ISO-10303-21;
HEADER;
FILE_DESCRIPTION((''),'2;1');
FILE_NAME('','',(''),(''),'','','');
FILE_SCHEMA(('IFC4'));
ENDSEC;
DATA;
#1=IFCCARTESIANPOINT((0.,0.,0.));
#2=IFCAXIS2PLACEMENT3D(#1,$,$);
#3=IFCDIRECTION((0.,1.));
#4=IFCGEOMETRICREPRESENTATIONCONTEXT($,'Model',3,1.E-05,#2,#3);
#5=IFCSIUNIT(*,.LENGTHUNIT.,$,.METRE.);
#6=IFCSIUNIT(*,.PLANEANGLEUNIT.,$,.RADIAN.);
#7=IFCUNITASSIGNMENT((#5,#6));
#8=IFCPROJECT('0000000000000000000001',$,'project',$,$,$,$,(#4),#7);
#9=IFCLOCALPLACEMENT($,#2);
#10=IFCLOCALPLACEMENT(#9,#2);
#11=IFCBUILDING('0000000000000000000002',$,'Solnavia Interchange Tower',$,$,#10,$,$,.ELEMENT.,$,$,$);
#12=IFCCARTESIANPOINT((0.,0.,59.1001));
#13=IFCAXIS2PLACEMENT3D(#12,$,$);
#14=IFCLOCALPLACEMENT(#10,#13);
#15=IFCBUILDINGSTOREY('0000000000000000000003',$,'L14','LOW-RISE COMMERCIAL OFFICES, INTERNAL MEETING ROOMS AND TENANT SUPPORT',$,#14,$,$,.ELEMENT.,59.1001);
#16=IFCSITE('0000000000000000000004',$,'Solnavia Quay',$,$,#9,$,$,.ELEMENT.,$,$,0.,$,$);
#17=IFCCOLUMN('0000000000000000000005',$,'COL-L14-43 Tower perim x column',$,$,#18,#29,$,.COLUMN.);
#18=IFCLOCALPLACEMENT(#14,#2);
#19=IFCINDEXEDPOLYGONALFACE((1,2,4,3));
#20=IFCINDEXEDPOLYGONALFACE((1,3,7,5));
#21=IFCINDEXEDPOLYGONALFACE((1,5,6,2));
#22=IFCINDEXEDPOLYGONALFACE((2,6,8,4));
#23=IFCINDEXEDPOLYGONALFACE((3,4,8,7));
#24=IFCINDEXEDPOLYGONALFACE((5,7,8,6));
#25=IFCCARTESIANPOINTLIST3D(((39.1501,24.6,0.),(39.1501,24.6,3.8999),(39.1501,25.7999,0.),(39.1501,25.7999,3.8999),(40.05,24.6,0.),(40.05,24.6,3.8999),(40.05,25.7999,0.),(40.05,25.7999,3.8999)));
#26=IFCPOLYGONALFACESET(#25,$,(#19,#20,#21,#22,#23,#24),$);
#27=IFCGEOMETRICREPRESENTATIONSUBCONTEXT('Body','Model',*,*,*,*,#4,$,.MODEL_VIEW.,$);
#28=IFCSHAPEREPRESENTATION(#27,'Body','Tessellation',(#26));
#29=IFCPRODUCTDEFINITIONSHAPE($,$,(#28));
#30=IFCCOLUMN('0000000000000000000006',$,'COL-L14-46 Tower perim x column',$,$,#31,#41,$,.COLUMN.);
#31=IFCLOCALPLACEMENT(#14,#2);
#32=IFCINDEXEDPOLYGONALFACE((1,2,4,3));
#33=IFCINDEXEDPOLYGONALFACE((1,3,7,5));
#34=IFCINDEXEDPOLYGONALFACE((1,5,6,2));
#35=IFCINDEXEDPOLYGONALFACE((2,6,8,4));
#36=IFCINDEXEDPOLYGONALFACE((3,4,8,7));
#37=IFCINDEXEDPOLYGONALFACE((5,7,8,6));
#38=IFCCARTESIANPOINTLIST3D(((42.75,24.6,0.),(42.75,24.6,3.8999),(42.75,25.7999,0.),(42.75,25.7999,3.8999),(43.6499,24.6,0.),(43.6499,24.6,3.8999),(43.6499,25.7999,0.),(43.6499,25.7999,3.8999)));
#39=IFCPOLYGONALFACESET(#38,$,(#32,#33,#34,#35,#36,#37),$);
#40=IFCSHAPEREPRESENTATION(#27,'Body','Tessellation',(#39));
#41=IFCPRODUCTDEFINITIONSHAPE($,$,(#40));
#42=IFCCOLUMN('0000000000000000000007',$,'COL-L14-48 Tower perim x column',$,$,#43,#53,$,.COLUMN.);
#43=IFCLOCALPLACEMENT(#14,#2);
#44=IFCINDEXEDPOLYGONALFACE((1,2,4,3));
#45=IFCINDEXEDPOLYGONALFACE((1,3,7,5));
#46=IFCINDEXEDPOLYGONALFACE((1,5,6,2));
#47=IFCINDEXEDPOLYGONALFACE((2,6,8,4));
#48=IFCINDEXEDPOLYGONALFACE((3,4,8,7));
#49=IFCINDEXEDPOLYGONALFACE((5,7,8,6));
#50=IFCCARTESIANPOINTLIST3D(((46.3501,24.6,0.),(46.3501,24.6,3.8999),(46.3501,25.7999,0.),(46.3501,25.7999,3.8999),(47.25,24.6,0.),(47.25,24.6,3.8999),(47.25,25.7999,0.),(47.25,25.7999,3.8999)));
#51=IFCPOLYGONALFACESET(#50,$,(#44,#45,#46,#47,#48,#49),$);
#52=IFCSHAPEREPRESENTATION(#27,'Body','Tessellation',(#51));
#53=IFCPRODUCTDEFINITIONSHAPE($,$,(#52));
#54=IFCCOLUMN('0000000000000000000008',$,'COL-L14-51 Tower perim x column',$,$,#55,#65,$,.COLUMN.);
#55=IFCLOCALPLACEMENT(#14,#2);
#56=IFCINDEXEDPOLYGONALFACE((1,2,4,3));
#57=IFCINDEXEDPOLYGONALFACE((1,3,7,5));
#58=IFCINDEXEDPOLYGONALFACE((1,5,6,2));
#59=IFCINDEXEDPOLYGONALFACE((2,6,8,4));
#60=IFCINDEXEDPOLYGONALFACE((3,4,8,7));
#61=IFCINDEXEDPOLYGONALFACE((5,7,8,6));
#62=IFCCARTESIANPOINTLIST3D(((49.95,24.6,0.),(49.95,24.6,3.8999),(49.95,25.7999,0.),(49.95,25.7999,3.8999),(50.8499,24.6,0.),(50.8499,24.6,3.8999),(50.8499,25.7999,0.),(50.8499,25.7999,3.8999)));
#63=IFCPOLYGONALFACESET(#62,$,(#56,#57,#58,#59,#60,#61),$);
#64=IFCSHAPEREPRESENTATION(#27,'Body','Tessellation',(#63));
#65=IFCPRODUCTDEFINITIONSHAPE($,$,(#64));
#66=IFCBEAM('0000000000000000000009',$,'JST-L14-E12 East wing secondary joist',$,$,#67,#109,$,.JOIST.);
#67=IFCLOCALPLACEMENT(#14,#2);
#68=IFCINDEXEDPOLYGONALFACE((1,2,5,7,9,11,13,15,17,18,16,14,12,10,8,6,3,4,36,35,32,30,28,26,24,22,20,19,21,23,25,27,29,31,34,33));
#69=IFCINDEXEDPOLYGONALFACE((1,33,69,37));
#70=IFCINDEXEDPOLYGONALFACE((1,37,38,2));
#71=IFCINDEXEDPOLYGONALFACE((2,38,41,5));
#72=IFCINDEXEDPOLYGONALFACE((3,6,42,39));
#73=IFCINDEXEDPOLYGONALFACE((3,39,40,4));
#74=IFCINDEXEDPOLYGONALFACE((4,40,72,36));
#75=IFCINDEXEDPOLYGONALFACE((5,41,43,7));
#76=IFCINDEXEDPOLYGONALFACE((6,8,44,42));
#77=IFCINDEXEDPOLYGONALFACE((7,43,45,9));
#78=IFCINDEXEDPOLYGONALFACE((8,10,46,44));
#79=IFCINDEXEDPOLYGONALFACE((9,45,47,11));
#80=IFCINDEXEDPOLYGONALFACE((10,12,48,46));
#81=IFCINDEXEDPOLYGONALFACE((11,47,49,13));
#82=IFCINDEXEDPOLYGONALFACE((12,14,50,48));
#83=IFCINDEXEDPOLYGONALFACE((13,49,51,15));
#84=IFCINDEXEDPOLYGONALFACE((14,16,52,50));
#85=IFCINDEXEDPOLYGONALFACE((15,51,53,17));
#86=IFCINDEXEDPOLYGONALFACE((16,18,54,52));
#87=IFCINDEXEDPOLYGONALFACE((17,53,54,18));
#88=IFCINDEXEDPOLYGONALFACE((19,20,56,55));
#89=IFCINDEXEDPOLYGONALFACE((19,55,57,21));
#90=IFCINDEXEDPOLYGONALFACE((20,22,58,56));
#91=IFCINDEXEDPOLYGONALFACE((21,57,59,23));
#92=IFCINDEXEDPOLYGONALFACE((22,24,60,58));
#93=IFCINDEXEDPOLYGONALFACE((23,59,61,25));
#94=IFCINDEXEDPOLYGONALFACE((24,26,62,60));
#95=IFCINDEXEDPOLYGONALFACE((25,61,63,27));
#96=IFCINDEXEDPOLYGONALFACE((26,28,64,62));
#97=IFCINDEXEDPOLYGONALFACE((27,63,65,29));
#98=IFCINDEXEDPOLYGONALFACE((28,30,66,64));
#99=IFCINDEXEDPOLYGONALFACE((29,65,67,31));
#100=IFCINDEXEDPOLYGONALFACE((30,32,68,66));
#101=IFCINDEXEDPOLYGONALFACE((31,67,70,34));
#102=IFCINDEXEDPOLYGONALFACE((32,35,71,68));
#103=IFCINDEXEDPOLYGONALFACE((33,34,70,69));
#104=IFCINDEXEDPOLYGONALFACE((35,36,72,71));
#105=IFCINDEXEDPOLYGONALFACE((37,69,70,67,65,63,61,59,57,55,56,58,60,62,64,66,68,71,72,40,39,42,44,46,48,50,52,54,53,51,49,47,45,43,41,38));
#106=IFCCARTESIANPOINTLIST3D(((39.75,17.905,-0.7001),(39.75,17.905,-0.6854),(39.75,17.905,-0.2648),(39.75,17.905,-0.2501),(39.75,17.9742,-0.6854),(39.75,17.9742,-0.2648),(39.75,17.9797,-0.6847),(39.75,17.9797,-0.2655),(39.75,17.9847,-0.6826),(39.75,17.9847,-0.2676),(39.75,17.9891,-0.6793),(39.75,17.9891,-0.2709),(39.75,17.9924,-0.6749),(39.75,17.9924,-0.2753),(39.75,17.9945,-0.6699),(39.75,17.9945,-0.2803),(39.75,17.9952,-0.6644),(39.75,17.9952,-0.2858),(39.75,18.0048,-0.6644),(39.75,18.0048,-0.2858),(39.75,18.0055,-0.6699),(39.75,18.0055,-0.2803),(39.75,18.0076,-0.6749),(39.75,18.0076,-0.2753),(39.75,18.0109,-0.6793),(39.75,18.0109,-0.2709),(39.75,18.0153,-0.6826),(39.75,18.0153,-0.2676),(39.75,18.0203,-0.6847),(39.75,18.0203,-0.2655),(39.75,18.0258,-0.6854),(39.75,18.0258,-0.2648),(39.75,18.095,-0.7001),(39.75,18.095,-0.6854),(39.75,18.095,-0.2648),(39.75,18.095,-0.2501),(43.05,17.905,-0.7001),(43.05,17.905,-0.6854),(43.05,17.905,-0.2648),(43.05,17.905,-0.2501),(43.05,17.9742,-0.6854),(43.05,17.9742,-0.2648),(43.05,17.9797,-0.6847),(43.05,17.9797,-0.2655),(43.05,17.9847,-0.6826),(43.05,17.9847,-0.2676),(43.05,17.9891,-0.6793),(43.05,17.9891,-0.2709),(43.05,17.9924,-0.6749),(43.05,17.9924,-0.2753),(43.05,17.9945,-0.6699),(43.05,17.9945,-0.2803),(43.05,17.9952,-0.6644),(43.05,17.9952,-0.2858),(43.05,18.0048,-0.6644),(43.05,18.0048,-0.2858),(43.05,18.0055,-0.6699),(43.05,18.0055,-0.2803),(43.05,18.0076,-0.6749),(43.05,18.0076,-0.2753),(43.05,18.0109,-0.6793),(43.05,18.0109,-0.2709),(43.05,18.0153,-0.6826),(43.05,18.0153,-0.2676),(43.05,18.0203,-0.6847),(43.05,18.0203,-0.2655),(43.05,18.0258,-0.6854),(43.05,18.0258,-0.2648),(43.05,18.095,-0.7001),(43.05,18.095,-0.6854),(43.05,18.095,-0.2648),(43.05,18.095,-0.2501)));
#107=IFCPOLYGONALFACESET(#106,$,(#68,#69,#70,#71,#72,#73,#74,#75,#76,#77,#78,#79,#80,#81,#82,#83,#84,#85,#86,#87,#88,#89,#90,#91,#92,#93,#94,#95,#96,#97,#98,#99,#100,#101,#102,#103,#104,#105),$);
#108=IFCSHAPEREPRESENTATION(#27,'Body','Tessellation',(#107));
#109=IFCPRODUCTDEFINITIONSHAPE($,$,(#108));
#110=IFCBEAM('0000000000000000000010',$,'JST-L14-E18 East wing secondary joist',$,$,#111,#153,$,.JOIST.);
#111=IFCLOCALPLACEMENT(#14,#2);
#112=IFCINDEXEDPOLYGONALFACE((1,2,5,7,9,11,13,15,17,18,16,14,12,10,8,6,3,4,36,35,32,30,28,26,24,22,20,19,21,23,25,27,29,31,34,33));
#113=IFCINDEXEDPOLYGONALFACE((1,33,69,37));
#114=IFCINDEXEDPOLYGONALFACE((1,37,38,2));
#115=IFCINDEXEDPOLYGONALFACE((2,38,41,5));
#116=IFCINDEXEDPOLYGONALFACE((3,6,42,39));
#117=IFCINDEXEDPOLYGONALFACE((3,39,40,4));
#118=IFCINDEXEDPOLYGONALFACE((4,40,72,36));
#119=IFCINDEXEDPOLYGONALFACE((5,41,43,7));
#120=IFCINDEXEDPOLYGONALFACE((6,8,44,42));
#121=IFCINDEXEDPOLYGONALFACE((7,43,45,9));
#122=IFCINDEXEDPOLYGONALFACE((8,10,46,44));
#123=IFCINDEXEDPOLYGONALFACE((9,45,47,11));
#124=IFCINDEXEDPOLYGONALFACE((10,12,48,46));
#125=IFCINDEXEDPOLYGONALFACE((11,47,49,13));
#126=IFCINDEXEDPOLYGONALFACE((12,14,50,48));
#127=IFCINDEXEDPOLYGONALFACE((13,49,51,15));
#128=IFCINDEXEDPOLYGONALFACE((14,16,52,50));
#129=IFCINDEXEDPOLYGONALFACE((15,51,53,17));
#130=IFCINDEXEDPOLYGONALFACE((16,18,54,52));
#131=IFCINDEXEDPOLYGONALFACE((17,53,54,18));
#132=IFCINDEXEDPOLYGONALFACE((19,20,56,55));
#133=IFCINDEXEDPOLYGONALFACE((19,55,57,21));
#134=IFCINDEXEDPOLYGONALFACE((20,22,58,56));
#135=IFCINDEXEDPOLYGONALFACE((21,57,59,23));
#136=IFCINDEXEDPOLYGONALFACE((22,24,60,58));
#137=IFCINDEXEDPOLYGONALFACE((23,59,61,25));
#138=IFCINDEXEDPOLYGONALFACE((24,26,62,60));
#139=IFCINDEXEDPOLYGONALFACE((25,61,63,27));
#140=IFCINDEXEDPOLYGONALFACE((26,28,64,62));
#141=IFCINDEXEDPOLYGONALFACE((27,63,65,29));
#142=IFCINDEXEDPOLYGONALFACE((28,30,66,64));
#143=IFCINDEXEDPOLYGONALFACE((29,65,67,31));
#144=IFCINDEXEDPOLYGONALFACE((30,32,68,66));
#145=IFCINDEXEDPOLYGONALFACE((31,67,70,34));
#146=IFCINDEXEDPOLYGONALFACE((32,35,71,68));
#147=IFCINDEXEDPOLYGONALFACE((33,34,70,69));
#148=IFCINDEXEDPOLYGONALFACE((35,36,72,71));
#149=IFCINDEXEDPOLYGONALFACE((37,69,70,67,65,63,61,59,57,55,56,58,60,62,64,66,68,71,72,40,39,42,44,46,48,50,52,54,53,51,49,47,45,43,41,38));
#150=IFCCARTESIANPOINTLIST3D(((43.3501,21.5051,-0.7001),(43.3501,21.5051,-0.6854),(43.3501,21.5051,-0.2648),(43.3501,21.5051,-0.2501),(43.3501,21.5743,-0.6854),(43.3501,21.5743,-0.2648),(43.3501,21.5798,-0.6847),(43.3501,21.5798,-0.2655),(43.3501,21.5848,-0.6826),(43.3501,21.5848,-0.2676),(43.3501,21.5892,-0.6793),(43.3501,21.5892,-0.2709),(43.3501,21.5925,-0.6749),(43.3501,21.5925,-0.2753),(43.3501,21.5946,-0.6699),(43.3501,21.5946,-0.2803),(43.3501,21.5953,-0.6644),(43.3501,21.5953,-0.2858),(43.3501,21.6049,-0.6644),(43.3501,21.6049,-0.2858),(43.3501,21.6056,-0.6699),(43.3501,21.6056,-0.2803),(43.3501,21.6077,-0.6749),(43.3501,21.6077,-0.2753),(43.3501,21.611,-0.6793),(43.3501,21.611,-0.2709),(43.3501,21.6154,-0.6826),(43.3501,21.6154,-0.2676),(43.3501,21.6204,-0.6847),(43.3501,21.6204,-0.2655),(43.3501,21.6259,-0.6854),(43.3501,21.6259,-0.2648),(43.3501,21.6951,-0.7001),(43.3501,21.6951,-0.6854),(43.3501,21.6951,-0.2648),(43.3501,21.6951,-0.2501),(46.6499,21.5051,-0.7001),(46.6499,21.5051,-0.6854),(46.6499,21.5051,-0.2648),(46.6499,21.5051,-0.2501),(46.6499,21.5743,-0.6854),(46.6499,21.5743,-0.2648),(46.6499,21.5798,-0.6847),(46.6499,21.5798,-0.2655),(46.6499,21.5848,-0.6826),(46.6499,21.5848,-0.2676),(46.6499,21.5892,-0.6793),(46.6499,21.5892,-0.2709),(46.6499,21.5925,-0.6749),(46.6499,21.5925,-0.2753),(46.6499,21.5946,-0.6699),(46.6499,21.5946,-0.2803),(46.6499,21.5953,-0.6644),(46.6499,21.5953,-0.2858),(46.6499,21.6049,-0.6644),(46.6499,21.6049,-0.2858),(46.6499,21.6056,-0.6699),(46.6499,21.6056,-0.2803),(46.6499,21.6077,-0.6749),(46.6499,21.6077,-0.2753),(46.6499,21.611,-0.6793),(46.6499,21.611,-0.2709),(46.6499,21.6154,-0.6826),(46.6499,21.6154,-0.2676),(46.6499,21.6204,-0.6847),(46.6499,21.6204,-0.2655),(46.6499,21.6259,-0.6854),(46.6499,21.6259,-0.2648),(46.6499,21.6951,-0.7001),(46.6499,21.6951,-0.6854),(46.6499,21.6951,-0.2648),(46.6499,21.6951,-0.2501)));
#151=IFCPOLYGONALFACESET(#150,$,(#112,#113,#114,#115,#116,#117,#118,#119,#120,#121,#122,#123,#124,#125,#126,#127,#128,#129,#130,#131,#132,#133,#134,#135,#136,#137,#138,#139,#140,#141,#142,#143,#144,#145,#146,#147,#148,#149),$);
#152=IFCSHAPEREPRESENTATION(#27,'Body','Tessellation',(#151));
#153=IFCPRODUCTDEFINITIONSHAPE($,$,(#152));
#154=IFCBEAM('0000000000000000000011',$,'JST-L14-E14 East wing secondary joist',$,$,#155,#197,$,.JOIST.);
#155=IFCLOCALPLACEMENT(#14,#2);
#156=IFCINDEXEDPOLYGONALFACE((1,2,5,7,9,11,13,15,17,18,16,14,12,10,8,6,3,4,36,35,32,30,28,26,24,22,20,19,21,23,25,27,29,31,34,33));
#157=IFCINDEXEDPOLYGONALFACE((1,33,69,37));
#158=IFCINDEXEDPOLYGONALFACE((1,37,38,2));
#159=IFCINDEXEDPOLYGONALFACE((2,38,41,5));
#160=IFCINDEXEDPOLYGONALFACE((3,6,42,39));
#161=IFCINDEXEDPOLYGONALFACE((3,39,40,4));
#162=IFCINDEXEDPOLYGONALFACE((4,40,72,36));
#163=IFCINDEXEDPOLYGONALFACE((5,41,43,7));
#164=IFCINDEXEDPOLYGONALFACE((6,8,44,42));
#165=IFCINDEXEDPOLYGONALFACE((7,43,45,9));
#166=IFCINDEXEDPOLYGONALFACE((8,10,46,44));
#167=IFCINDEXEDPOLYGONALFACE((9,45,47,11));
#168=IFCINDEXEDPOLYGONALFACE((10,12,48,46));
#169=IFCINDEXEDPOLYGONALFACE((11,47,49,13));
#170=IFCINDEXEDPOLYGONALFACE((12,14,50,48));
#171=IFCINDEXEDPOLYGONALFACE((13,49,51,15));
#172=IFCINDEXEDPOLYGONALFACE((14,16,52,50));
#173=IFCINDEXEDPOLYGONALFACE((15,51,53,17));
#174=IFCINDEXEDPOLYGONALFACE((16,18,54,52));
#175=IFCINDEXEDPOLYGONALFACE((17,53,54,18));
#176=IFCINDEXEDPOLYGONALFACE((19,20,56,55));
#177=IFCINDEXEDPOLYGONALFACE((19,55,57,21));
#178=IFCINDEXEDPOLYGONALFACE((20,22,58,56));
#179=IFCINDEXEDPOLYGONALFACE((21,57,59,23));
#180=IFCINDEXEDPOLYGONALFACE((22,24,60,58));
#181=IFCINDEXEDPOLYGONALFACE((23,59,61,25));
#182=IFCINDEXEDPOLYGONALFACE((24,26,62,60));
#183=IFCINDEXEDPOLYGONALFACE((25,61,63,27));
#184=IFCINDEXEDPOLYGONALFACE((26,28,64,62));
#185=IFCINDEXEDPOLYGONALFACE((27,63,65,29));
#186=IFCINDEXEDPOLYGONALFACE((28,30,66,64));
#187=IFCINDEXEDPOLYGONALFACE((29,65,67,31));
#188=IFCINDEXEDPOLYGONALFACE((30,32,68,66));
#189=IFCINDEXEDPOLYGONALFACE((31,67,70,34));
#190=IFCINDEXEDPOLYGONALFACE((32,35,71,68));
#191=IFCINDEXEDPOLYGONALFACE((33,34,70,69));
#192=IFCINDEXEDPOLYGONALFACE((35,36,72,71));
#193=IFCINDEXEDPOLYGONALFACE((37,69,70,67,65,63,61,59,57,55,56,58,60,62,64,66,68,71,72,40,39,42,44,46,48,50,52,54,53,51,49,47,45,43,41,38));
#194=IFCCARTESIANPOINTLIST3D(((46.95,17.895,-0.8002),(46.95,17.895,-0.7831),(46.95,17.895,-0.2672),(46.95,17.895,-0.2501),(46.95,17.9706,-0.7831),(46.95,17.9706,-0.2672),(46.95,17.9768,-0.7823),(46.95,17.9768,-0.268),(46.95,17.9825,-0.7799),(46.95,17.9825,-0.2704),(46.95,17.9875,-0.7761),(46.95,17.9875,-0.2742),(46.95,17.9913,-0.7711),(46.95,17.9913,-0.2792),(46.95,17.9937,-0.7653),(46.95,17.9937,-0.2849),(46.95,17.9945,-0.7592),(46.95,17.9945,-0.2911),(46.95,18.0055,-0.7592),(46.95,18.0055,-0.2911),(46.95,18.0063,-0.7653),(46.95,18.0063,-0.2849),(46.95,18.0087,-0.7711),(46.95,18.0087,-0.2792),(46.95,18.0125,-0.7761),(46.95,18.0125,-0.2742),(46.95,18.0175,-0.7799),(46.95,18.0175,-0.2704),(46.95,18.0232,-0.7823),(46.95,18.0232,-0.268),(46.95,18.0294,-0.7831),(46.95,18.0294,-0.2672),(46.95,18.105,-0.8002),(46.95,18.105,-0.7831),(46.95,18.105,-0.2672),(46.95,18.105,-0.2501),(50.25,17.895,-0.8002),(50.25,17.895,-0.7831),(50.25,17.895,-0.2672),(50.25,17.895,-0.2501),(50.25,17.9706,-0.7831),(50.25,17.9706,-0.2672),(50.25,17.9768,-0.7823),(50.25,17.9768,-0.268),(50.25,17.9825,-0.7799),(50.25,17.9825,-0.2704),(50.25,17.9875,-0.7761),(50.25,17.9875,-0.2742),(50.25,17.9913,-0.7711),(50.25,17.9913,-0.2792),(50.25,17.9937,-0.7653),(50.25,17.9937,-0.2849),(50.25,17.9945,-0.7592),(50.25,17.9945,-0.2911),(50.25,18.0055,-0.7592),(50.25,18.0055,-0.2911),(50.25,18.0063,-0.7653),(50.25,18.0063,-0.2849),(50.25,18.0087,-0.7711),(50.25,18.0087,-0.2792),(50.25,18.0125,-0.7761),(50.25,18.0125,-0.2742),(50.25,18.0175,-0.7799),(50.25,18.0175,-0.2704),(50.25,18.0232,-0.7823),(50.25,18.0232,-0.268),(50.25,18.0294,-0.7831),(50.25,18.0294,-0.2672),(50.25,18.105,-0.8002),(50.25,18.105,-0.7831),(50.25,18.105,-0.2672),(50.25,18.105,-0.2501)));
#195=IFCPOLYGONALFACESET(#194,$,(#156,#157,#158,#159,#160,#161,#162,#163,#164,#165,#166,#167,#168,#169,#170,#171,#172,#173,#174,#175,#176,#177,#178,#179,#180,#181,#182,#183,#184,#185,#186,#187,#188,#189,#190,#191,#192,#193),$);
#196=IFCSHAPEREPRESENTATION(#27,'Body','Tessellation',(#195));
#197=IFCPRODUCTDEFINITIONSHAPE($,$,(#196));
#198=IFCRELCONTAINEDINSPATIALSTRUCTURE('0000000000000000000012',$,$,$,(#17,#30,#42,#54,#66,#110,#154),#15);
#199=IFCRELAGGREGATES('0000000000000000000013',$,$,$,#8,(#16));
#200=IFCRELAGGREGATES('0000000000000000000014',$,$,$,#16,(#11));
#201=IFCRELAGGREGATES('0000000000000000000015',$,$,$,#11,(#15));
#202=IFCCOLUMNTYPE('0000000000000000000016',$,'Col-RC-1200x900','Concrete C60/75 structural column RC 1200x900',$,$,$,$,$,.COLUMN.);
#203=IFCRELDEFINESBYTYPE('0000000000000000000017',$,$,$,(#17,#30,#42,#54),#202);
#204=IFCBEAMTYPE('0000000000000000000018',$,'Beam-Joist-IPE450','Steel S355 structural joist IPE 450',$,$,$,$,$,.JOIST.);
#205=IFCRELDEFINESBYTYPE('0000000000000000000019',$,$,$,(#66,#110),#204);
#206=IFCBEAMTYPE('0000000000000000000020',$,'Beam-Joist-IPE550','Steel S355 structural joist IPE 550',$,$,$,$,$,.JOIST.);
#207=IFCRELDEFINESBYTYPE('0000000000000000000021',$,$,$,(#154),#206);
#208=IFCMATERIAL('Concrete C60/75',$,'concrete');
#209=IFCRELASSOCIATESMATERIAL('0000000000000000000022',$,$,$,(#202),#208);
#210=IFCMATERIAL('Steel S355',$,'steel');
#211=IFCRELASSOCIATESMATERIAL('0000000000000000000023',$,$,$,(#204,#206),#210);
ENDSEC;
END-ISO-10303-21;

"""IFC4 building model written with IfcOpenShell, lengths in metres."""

from ifc_helpers import new_model, si_unit, direction, frame, origin, origin_2d, place, context, subcontext, project, spatial, rectangle, i_section, extrude, material, material_profile, profile_set, type_object, element, save


model = new_model("IFC4")

# Units and contexts
model_context = context("Model", 3, precision=1e-05, world=origin(), true_north=direction((0.0, 1.0)))
body_context = subcontext(model_context, "Body", "Model", "MODEL_VIEW")
ifc_project = project(units=[si_unit("LENGTHUNIT", "METRE"), si_unit("PLANEANGLEUNIT", "RADIAN")], contexts=[model_context])

# Site, building, storey
site_placement = place(None, origin())
site = spatial("IfcSite", under=ifc_project, at=site_placement, Name="Solnavia Quay", CompositionType="ELEMENT", RefElevation=0.0)
building_placement = place(site_placement, origin())
building = spatial("IfcBuilding", under=site, at=building_placement, Name="Solnavia Interchange Tower", CompositionType="ELEMENT")
storey_placement = place(building_placement, frame((0.0, 0.0, 59.1001)))
storey = spatial("IfcBuildingStorey", under=building, at=storey_placement, Name="L14", Description="LOW-RISE COMMERCIAL OFFICES, INTERNAL MEETING ROOMS AND TENANT SUPPORT", CompositionType="ELEMENT", Elevation=59.1001)

# Columns
ifc_material_1 = material(Name="Concrete C60/75", Category="concrete")
ifc_material_profile_1 = material_profile(ifc_material_1, rectangle(XDim=0.8999, YDim=1.2, at=origin_2d()), Name="RC 1200x900")
ifc_profile_set_1 = profile_set([ifc_material_profile_1], Name="Concrete C60/75")
column_type = type_object("IfcColumnType", Name="Col-RC-1200x900", Description="Concrete C60/75 structural column RC 1200x900", PredefinedType="COLUMN", material=ifc_profile_set_1)
for number, where, z_axis, x_axis, name in (
    (1, (39.6001, 25.2, 0.0), (0.0, 0.0, 1.0), (1.0, 0.0, 0.0), "COL-L14-43 Tower perim x column"),
    (2, (43.2, 25.2, 0.0), (0.0, 0.0, 1.0), (1.0, 0.0, 0.0), "COL-L14-46 Tower perim x column"),
    (3, (46.8, 25.2, 0.0), (0.0, 0.0, 1.0), (1.0, 0.0, 0.0), "COL-L14-48 Tower perim x column"),
    (4, (50.3999, 25.2, 0.0), (0.0, 0.0, 1.0), (1.0, 0.0, 0.0), "COL-L14-51 Tower perim x column"),
):
    element("IfcColumn", number, at=place(storey_placement, frame(where, z_axis=z_axis, x_axis=x_axis)), inside=storey, type_object=column_type, Name=name, PredefinedType="COLUMN", context=body_context, shape_type="SweptSolid", body=[
        extrude(rectangle(XDim=0.8999, YDim=1.2, at=origin_2d()), origin(), (0.0, 0.0, 1.0), 3.8999),
    ])

# Beams
ifc_material_2 = material(Name="Steel S355", Category="steel")
ifc_material_profile_2 = material_profile(ifc_material_2, i_section(OverallWidth=0.1899, OverallDepth=0.45, WebThickness=0.0095, FlangeThickness=0.0146, FilletRadius=0.021, at=origin_2d()), Name="IPE 450")
ifc_profile_set_2 = profile_set([ifc_material_profile_2], Name="Steel S355")
beam_type_1 = type_object("IfcBeamType", Name="Beam-Joist-IPE450", Description="Steel S355 structural joist IPE 450", PredefinedType="JOIST", material=ifc_profile_set_2)
beam_1_placement = place(storey_placement, frame((39.75, 18.0, -0.4751), z_axis=(1.0, 0.0, 0.0), x_axis=(0.0, 1.0, 0.0)))
element("IfcBeam", 5, at=beam_1_placement, inside=storey, type_object=beam_type_1, Name="JST-L14-E12 East wing secondary joist", PredefinedType="JOIST", context=body_context, shape_type="SweptSolid", body=[
    extrude(i_section(OverallWidth=0.1899, OverallDepth=0.45, WebThickness=0.0095, FlangeThickness=0.0146, FilletRadius=0.021, at=origin_2d()), origin(), (0.0, 0.0, 1.0), 3.3),
])
beam_2_placement = place(storey_placement, frame((43.3501, 21.6001, -0.4751), z_axis=(1.0, 0.0, 0.0), x_axis=(0.0, 1.0, 0.0)))
element("IfcBeam", 6, at=beam_2_placement, inside=storey, type_object=beam_type_1, Name="JST-L14-E18 East wing secondary joist", PredefinedType="JOIST", context=body_context, shape_type="SweptSolid", body=[
    extrude(i_section(OverallWidth=0.1899, OverallDepth=0.45, WebThickness=0.0095, FlangeThickness=0.0146, FilletRadius=0.021, at=origin_2d()), origin(), (0.0, 0.0, 1.0), 3.2998),
])
ifc_material_profile_3 = material_profile(ifc_material_2, i_section(OverallWidth=0.21, OverallDepth=0.55, WebThickness=0.011, FlangeThickness=0.0171, FilletRadius=0.0239, at=origin_2d()), Name="IPE 550")
ifc_profile_set_3 = profile_set([ifc_material_profile_3], Name="Steel S355")
beam_type_2 = type_object("IfcBeamType", Name="Beam-Joist-IPE550", Description="Steel S355 structural joist IPE 550", PredefinedType="JOIST", material=ifc_profile_set_3)
for number, where, z_axis, x_axis, name in (
    (7, (46.95, 18.0, -0.5251), (1.0, 0.0, 0.0), (0.0, 1.0, 0.0), "JST-L14-E14 East wing secondary joist"),
):
    element("IfcBeam", number, at=place(storey_placement, frame(where, z_axis=z_axis, x_axis=x_axis)), inside=storey, type_object=beam_type_2, Name=name, PredefinedType="JOIST", context=body_context, shape_type="SweptSolid", body=[
        extrude(i_section(OverallWidth=0.21, OverallDepth=0.55, WebThickness=0.011, FlangeThickness=0.0171, FilletRadius=0.0239, at=origin_2d()), origin(), (0.0, 0.0, 1.0), 3.3),
    ])

save(model, "model.ifc")
